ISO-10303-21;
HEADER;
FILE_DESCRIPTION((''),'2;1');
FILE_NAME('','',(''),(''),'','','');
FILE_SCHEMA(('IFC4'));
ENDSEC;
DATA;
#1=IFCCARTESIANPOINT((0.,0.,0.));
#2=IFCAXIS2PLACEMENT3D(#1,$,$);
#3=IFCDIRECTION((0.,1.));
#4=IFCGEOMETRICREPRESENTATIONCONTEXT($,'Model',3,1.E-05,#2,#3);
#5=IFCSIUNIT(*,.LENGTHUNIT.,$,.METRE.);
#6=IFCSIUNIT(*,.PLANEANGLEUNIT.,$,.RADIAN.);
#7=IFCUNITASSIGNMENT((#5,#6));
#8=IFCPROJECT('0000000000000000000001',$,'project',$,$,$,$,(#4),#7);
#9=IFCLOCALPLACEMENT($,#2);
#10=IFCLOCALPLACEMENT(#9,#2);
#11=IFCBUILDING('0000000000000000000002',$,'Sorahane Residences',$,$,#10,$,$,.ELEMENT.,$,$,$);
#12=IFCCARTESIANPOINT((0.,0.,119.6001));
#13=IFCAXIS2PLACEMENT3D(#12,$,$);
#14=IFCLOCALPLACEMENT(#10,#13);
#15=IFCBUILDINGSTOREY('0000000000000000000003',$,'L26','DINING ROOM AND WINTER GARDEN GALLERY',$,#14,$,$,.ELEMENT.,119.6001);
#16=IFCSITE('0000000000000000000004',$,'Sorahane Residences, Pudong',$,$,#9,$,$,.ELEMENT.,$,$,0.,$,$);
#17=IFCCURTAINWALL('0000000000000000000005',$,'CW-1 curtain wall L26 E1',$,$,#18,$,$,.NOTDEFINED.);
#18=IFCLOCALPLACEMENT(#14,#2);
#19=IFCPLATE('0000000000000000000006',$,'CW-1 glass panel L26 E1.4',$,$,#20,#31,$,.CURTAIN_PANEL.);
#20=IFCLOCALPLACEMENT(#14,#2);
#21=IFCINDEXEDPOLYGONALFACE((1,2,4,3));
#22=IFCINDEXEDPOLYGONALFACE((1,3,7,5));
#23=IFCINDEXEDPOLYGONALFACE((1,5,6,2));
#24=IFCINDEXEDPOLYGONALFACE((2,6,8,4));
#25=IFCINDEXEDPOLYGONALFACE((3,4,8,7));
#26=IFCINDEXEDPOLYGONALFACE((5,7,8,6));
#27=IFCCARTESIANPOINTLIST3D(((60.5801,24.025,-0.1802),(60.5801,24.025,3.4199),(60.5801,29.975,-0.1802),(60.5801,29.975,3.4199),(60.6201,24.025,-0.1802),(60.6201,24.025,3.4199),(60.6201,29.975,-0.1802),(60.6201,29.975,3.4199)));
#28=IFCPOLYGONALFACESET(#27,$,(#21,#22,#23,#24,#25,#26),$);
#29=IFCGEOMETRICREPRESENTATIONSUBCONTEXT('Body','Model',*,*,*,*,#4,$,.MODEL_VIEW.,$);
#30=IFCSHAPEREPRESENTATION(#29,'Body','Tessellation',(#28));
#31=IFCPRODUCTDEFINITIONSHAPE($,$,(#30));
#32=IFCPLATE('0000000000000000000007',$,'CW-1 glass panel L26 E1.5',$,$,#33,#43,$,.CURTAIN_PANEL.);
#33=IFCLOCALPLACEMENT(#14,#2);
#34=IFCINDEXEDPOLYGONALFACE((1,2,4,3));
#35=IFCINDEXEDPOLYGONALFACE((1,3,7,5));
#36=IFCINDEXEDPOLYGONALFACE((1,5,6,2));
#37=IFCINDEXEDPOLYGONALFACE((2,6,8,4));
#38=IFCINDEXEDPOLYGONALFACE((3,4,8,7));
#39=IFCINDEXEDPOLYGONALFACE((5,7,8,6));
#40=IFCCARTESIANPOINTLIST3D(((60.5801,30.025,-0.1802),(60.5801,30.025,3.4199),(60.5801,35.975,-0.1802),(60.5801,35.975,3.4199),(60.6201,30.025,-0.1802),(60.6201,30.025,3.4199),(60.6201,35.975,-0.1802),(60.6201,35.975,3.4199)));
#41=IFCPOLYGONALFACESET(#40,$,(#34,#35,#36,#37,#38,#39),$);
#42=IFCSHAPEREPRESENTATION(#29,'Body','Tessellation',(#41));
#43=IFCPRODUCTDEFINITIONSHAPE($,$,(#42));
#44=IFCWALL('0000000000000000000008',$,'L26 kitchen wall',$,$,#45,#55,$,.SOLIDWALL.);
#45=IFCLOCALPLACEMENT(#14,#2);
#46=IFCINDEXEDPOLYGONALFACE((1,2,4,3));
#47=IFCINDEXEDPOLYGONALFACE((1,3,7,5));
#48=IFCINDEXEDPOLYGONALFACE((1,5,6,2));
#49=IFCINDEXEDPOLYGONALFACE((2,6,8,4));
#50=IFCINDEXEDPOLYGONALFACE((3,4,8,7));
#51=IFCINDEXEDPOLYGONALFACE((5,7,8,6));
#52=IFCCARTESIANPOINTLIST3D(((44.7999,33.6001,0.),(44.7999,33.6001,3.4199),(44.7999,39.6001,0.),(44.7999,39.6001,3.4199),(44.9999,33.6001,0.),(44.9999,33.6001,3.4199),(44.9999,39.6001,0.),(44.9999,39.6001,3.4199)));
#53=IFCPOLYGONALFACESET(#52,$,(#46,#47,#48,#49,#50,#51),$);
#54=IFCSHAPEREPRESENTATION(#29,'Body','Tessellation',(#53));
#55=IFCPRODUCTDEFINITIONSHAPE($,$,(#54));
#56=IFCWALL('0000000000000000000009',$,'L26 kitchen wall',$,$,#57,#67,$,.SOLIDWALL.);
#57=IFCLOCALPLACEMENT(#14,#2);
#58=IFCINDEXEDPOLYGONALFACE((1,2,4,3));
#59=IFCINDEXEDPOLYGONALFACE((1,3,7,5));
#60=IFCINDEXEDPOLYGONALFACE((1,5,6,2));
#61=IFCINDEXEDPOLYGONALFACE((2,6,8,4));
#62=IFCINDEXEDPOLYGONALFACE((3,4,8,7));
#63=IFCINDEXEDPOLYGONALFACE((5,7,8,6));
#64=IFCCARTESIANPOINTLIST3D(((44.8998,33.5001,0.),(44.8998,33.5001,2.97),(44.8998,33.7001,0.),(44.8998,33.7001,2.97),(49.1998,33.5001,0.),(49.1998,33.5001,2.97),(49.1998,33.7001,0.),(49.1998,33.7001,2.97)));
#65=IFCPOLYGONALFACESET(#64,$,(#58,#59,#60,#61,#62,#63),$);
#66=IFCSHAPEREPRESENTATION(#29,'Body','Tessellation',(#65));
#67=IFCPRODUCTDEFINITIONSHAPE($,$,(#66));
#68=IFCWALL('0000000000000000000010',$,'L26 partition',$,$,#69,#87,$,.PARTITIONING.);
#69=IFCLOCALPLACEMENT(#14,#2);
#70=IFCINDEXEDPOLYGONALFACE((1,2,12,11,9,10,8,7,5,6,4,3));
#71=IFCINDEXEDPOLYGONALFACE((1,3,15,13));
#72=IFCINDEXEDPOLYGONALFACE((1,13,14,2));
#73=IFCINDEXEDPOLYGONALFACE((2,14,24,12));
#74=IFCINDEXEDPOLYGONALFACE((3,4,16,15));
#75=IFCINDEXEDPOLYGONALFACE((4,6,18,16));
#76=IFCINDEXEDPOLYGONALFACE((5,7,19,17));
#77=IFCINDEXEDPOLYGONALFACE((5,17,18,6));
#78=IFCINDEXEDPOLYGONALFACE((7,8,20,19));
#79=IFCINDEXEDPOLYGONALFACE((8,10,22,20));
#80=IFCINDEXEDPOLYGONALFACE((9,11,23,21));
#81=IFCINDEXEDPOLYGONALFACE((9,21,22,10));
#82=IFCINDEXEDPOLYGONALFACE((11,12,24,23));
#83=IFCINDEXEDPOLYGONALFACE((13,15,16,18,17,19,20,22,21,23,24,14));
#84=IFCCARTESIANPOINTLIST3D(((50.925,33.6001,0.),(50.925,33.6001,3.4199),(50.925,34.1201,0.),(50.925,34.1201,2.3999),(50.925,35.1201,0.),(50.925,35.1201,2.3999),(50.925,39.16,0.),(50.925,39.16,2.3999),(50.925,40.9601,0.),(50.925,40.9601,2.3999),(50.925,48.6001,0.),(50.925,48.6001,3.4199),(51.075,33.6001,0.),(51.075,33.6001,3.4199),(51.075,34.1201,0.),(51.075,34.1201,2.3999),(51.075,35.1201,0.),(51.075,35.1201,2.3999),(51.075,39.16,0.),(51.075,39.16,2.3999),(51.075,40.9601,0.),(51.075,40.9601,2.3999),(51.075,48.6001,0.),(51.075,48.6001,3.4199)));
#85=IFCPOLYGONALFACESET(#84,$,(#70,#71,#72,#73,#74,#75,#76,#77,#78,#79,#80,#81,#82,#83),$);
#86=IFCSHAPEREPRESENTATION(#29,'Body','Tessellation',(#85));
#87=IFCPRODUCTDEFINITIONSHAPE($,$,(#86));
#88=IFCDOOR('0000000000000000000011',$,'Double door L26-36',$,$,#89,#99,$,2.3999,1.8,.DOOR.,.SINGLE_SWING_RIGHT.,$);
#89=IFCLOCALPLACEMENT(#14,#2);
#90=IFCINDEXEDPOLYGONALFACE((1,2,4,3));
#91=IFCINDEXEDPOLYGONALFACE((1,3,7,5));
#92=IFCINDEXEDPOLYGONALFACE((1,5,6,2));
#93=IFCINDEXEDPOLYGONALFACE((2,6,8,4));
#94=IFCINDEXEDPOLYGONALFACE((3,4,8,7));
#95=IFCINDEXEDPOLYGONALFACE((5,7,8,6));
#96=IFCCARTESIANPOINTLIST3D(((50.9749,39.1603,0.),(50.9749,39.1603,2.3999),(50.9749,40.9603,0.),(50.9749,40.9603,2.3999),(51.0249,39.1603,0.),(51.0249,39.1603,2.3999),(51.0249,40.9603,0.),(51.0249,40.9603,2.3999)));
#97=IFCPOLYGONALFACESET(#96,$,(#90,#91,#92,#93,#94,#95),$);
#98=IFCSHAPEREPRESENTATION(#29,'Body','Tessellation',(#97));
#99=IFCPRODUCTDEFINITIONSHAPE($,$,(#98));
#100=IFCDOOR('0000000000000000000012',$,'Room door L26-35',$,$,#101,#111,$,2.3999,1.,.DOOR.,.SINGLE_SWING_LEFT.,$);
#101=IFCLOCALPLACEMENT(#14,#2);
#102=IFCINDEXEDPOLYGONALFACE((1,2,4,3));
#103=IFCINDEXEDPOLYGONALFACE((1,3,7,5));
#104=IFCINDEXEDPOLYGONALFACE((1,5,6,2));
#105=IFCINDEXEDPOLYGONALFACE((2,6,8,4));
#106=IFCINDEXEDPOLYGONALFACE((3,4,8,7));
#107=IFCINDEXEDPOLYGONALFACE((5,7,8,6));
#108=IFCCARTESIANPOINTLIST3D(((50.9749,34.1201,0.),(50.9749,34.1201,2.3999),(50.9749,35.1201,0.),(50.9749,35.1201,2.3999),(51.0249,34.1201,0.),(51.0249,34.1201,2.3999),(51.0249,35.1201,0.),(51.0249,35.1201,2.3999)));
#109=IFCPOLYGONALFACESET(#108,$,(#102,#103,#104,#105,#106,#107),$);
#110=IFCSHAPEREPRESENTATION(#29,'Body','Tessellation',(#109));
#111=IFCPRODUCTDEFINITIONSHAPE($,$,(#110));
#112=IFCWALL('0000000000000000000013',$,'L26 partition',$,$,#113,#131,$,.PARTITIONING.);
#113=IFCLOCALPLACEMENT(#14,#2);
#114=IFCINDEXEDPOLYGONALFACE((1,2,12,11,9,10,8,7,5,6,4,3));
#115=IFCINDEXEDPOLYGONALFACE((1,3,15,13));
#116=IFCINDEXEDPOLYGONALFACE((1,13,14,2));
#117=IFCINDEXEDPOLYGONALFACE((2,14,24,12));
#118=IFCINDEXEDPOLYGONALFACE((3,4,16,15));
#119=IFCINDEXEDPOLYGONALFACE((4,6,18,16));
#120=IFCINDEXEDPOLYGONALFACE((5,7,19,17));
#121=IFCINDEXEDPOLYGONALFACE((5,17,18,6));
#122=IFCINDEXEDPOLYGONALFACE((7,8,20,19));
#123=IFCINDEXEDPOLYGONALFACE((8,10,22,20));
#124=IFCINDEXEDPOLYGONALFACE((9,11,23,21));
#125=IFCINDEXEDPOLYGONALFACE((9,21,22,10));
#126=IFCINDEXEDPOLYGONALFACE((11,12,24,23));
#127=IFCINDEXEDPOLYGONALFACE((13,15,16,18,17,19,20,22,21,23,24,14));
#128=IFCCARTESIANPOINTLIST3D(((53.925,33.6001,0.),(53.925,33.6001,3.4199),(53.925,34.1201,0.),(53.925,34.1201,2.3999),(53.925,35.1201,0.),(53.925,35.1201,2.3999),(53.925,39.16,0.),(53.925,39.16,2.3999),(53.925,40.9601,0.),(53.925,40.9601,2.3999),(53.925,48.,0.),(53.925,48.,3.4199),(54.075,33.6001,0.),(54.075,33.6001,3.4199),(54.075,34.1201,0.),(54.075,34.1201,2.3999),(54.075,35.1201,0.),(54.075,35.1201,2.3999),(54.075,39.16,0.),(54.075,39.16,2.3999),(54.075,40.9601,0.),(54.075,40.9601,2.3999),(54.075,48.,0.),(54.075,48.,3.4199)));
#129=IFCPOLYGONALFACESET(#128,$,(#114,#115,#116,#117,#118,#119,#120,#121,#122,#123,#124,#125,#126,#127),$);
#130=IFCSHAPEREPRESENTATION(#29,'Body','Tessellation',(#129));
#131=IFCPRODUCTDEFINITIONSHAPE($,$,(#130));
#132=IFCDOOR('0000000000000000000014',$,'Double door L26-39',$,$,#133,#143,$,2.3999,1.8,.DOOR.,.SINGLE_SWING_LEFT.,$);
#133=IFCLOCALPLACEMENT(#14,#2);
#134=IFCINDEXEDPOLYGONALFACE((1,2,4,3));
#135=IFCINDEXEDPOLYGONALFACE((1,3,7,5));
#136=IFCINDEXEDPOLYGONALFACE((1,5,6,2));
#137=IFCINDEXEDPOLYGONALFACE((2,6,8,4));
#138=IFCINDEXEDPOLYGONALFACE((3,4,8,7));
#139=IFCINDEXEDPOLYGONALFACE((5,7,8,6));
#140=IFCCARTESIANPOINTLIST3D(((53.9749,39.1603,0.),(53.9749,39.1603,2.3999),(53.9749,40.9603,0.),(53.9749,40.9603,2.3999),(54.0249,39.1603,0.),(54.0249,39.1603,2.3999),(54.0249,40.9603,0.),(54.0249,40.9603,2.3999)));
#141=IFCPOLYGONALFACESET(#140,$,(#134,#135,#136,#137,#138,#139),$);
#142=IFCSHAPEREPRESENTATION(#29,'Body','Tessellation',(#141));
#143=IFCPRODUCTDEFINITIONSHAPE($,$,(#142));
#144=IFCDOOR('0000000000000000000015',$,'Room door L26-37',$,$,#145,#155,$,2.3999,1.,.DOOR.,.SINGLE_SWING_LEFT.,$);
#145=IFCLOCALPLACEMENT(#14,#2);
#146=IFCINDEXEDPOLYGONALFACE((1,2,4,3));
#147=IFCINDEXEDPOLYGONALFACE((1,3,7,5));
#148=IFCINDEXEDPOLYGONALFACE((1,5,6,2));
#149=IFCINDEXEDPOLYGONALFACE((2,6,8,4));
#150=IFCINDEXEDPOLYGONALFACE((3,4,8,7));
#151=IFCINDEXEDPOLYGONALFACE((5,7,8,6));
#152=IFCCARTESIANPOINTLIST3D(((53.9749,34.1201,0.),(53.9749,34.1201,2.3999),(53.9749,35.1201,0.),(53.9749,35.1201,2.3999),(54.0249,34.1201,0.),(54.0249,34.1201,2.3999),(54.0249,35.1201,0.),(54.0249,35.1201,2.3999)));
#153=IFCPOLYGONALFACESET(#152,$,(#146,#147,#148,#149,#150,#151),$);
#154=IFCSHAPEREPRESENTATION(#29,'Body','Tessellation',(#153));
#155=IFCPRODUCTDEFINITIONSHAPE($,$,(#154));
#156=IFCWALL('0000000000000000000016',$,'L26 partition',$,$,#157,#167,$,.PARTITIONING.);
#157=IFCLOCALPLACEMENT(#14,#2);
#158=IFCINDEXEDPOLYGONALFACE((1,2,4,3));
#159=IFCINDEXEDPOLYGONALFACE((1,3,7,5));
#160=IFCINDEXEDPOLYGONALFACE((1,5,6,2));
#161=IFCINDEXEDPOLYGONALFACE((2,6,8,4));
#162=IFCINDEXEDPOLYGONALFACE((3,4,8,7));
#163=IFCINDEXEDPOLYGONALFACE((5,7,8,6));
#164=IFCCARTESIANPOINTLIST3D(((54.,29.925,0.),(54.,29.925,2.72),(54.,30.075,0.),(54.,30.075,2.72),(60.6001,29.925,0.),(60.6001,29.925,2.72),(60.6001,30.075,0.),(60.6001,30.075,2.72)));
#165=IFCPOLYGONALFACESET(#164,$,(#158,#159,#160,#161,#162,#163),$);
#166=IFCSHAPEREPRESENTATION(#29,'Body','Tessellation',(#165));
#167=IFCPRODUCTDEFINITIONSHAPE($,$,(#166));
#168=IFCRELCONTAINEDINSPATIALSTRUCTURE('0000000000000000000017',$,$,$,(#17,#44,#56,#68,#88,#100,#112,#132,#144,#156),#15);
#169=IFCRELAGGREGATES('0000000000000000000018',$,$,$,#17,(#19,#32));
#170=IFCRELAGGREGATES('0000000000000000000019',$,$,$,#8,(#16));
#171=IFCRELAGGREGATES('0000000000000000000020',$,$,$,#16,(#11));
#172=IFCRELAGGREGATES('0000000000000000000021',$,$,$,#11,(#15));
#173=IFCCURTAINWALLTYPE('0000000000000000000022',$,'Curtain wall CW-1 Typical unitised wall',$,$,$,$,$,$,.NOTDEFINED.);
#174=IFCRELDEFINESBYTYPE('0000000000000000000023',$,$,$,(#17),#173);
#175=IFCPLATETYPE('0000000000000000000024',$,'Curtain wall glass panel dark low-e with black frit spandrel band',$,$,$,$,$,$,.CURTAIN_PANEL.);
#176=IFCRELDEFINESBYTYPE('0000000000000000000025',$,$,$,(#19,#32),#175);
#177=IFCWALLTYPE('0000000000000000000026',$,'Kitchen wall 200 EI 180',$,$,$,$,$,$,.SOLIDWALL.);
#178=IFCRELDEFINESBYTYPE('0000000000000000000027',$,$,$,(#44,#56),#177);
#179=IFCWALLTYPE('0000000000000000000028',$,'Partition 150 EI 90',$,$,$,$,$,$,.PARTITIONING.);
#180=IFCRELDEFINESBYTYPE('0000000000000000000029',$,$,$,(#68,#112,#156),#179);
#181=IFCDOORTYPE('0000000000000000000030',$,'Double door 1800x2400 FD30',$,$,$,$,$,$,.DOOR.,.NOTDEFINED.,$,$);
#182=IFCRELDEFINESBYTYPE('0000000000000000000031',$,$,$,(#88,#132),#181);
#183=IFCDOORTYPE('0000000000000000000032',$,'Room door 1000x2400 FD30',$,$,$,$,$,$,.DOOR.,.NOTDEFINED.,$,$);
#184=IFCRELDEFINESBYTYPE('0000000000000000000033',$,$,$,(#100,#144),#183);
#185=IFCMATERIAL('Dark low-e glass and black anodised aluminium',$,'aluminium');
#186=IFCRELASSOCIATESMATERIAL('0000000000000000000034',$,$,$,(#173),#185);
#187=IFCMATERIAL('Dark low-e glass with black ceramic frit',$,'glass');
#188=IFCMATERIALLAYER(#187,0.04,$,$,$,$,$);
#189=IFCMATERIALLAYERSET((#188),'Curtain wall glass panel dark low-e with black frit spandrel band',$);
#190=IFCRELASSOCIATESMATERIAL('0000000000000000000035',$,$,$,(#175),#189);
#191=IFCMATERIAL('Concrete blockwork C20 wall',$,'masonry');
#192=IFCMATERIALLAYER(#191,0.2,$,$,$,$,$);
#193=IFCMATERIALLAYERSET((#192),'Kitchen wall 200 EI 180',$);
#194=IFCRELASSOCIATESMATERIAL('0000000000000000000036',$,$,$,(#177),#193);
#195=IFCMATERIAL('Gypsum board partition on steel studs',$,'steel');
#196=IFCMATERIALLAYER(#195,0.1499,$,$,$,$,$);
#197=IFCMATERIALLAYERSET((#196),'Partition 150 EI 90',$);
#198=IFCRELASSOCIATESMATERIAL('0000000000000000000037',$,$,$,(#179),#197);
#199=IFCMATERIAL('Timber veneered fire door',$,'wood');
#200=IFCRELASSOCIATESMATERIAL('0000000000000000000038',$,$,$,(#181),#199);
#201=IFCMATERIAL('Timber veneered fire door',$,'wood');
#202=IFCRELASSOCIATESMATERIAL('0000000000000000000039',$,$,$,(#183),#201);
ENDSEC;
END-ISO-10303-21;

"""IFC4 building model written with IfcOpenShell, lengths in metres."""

from ifc_helpers import new_model, si_unit, direction, frame, frame_2d, origin, origin_2d, place, context, subcontext, project, spatial, rectangle, extrude, material, layer, layer_set, type_object, element, fill, aggregate, save


model = new_model("IFC4")

# Units and contexts
model_context = context("Model", 3, precision=1e-05, world=origin(), true_north=direction((0.0, 1.0)))
body_context = subcontext(model_context, "Body", "Model", "MODEL_VIEW")
ifc_project = project(units=[si_unit("LENGTHUNIT", "METRE"), si_unit("PLANEANGLEUNIT", "RADIAN")], contexts=[model_context])

# Site, building, storey
site_placement = place(None, origin())
site = spatial("IfcSite", under=ifc_project, at=site_placement, Name="Sorahane Residences, Pudong", CompositionType="ELEMENT", RefElevation=0.0)
building_placement = place(site_placement, origin())
building = spatial("IfcBuilding", under=site, at=building_placement, Name="Sorahane Residences", CompositionType="ELEMENT")
storey_placement = place(building_placement, frame((0.0, 0.0, 119.6001)))
storey = spatial("IfcBuildingStorey", under=building, at=storey_placement, Name="L26", Description="DINING ROOM AND WINTER GARDEN GALLERY", CompositionType="ELEMENT", Elevation=119.6001)

# Curtain wall
ifc_material_1 = material(Name="Dark low-e glass and black anodised aluminium", Category="aluminium")
curtain_wall_type = type_object("IfcCurtainWallType", Name="Curtain wall CW-1 Typical unitised wall", PredefinedType="NOTDEFINED", material=ifc_material_1)
curtain_wall_placement = place(storey_placement, origin())
curtain_wall = element("IfcCurtainWall", 1, at=curtain_wall_placement, inside=storey, type_object=curtain_wall_type, Name="CW-1 curtain wall L26 E1", PredefinedType="NOTDEFINED")

# Plates
ifc_material_2 = material(Name="Dark low-e glass with black ceramic frit", Category="glass")
ifc_layer_1 = layer(ifc_material_2, 0.04)
ifc_layer_set_1 = layer_set([ifc_layer_1], Name="Curtain wall glass panel dark low-e with black frit spandrel band")
plate_type = type_object("IfcPlateType", Name="Curtain wall glass panel dark low-e with black frit spandrel band", PredefinedType="CURTAIN_PANEL", material=ifc_layer_set_1)
plate_1_placement = place(storey_placement, frame((60.6001, 27.0, -0.1802), z_axis=(0.0, 0.0, 1.0), x_axis=(0.0, 1.0, 0.0)))
plate_1 = element("IfcPlate", 2, at=plate_1_placement, type_object=plate_type, Name="CW-1 glass panel L26 E1.4", PredefinedType="CURTAIN_PANEL", context=body_context, shape_type="SweptSolid", body=[
    extrude(rectangle(XDim=5.95, YDim=0.04, at=origin_2d()), origin(), (0.0, 0.0, 1.0), 3.6001),
])
plate_2_placement = place(storey_placement, frame((60.6001, 33.0, -0.1802), z_axis=(0.0, 0.0, 1.0), x_axis=(0.0, 1.0, 0.0)))
plate_2 = element("IfcPlate", 3, at=plate_2_placement, type_object=plate_type, Name="CW-1 glass panel L26 E1.5", PredefinedType="CURTAIN_PANEL", context=body_context, shape_type="SweptSolid", body=[
    extrude(rectangle(XDim=5.95, YDim=0.04, at=origin_2d()), origin(), (0.0, 0.0, 1.0), 3.6001),
])
aggregate(curtain_wall, [plate_1, plate_2])

# Wall
ifc_material_3 = material(Name="Concrete blockwork C20 wall", Category="masonry")
ifc_layer_2 = layer(ifc_material_3, 0.2)
ifc_layer_set_2 = layer_set([ifc_layer_2], Name="Kitchen wall 200 EI 180")
wall_type_1 = type_object("IfcWallType", Name="Kitchen wall 200 EI 180", PredefinedType="SOLIDWALL", material=ifc_layer_set_2)
wall_1_placement = place(storey_placement, frame((44.8999, 33.6001, 0.0), z_axis=(0.0, 0.0, 1.0), x_axis=(0.0, 1.0, 0.0)))
element("IfcWall", 4, at=wall_1_placement, inside=storey, type_object=wall_type_1, Name="L26 kitchen wall", PredefinedType="SOLIDWALL", context=body_context, shape_type="SweptSolid", body=[
    extrude(rectangle(XDim=6.0, YDim=0.2, at=frame_2d((3.0, 0.0))), origin(), (0.0, 0.0, 1.0), 3.4199),
])

# Wall
wall_2_placement = place(storey_placement, frame((44.8999, 33.6001, 0.0), z_axis=(0.0, 0.0, 1.0), x_axis=(1.0, 0.0, 0.0)))
element("IfcWall", 5, at=wall_2_placement, inside=storey, type_object=wall_type_1, Name="L26 kitchen wall", PredefinedType="SOLIDWALL", context=body_context, shape_type="SweptSolid", body=[
    extrude(rectangle(XDim=4.3, YDim=0.2, at=frame_2d((2.1499, 0.0))), origin(), (0.0, 0.0, 1.0), 2.97),
])

# Walls, openings, doors
ifc_material_4 = material(Name="Gypsum board partition on steel studs", Category="steel")
ifc_layer_3 = layer(ifc_material_4, 0.1499)
ifc_layer_set_3 = layer_set([ifc_layer_3], Name="Partition 150 EI 90")
wall_type_2 = type_object("IfcWallType", Name="Partition 150 EI 90", PredefinedType="PARTITIONING", material=ifc_layer_set_3)
wall_3_placement = place(storey_placement, frame((51.0, 33.6001, 0.0), z_axis=(0.0, 0.0, 1.0), x_axis=(0.0, 1.0, 0.0)))
wall_3 = element("IfcWall", 6, at=wall_3_placement, inside=storey, type_object=wall_type_2, Name="L26 partition", PredefinedType="PARTITIONING", context=body_context, shape_type="SweptSolid", body=[
    extrude(rectangle(XDim=15.0, YDim=0.1499, at=frame_2d((7.5, 0.0))), origin(), (0.0, 0.0, 1.0), 3.4199),
])
opening_1_placement = place(wall_3_placement, frame((0.52, 0.0, 0.0)))
opening_1 = element("IfcOpeningElement", 7, at=opening_1_placement, cuts=wall_3, PredefinedType="OPENING", context=body_context, shape_type="SweptSolid", body=[
    extrude(rectangle(XDim=1.0, YDim=2.3999, at=frame_2d((0.5, 1.2))), frame((0.0, 0.085, 0.0), z_axis=(0.0, -1.0, 0.0), x_axis=(1.0, 0.0, 0.0)), (0.0, 0.0, 1.0), 0.1699),
])
opening_2_placement = place(wall_3_placement, frame((5.5601, 0.0, 0.0)))
opening_2 = element("IfcOpeningElement", 8, at=opening_2_placement, cuts=wall_3, PredefinedType="OPENING", context=body_context, shape_type="SweptSolid", body=[
    extrude(rectangle(XDim=1.8, YDim=2.3999, at=frame_2d((0.8999, 1.2))), frame((0.0, 0.085, 0.0), z_axis=(0.0, -1.0, 0.0), x_axis=(1.0, 0.0, 0.0)), (0.0, 0.0, 1.0), 0.1699),
])
ifc_material_5 = material(Name="Timber veneered fire door", Category="wood")
door_type_1 = type_object("IfcDoorType", Name="Double door 1800x2400 FD30", OperationType="NOTDEFINED", PredefinedType="DOOR", material=ifc_material_5)
door_1_placement = place(opening_2_placement, frame((1.8, 0.0, 0.0), z_axis=(0.0, 0.0, 1.0), x_axis=(-1.0, 0.0, 0.0)))
door_1 = element("IfcDoor", 9, at=door_1_placement, inside=storey, type_object=door_type_1, Name="Double door L26-36", OperationType="SINGLE_SWING_RIGHT", OverallHeight=2.3999, OverallWidth=1.8, PredefinedType="DOOR", context=body_context, shape_type="SweptSolid", body=[
    extrude(rectangle(XDim=1.8, YDim=2.3999, at=frame_2d((0.8999, 1.2))), frame((0.0, 0.0249, 0.0), z_axis=(0.0, -1.0, 0.0), x_axis=(1.0, 0.0, 0.0)), (0.0, 0.0, 1.0), 0.05),
])
fill(opening_2, door_1)
ifc_material_6 = material(Name="Timber veneered fire door", Category="wood")
door_type_2 = type_object("IfcDoorType", Name="Room door 1000x2400 FD30", OperationType="NOTDEFINED", PredefinedType="DOOR", material=ifc_material_6)
door_2_placement = place(opening_1_placement, frame((1.0, 0.0, 0.0), z_axis=(0.0, 0.0, 1.0), x_axis=(-1.0, 0.0, 0.0)))
door_2 = element("IfcDoor", 10, at=door_2_placement, inside=storey, type_object=door_type_2, Name="Room door L26-35", OperationType="SINGLE_SWING_LEFT", OverallHeight=2.3999, OverallWidth=1.0, PredefinedType="DOOR", context=body_context, shape_type="SweptSolid", body=[
    extrude(rectangle(XDim=1.0, YDim=2.3999, at=frame_2d((0.5, 1.2))), frame((0.0, 0.0249, 0.0), z_axis=(0.0, -1.0, 0.0), x_axis=(1.0, 0.0, 0.0)), (0.0, 0.0, 1.0), 0.05),
])
fill(opening_1, door_2)
wall_4_placement = place(storey_placement, frame((54.0, 33.6001, 0.0), z_axis=(0.0, 0.0, 1.0), x_axis=(0.0, 1.0, 0.0)))
wall_4 = element("IfcWall", 11, at=wall_4_placement, inside=storey, type_object=wall_type_2, Name="L26 partition", PredefinedType="PARTITIONING", context=body_context, shape_type="SweptSolid", body=[
    extrude(rectangle(XDim=14.3999, YDim=0.1499, at=frame_2d((7.2, 0.0))), origin(), (0.0, 0.0, 1.0), 3.4199),
])
opening_3_placement = place(wall_4_placement, frame((0.52, 0.0, 0.0)))
opening_3 = element("IfcOpeningElement", 12, at=opening_3_placement, cuts=wall_4, PredefinedType="OPENING", context=body_context, shape_type="SweptSolid", body=[
    extrude(rectangle(XDim=1.0, YDim=2.3999, at=frame_2d((0.5, 1.2))), frame((0.0, 0.085, 0.0), z_axis=(0.0, -1.0, 0.0), x_axis=(1.0, 0.0, 0.0)), (0.0, 0.0, 1.0), 0.1699),
])
opening_4_placement = place(wall_4_placement, frame((5.5601, 0.0, 0.0)))
opening_4 = element("IfcOpeningElement", 13, at=opening_4_placement, cuts=wall_4, PredefinedType="OPENING", context=body_context, shape_type="SweptSolid", body=[
    extrude(rectangle(XDim=1.8, YDim=2.3999, at=frame_2d((0.8999, 1.2))), frame((0.0, 0.085, 0.0), z_axis=(0.0, -1.0, 0.0), x_axis=(1.0, 0.0, 0.0)), (0.0, 0.0, 1.0), 0.1699),
])
door_3_placement = place(opening_4_placement, frame((1.8, 0.0, 0.0), z_axis=(0.0, 0.0, 1.0), x_axis=(-1.0, 0.0, 0.0)))
door_3 = element("IfcDoor", 14, at=door_3_placement, inside=storey, type_object=door_type_1, Name="Double door L26-39", OperationType="SINGLE_SWING_LEFT", OverallHeight=2.3999, OverallWidth=1.8, PredefinedType="DOOR", context=body_context, shape_type="SweptSolid", body=[
    extrude(rectangle(XDim=1.8, YDim=2.3999, at=frame_2d((0.8999, 1.2))), frame((0.0, 0.0249, 0.0), z_axis=(0.0, -1.0, 0.0), x_axis=(1.0, 0.0, 0.0)), (0.0, 0.0, 1.0), 0.05),
])
fill(opening_4, door_3)
door_4_placement = place(opening_3_placement, frame((1.0, 0.0, 0.0), z_axis=(0.0, 0.0, 1.0), x_axis=(-1.0, 0.0, 0.0)))
door_4 = element("IfcDoor", 15, at=door_4_placement, inside=storey, type_object=door_type_2, Name="Room door L26-37", OperationType="SINGLE_SWING_LEFT", OverallHeight=2.3999, OverallWidth=1.0, PredefinedType="DOOR", context=body_context, shape_type="SweptSolid", body=[
    extrude(rectangle(XDim=1.0, YDim=2.3999, at=frame_2d((0.5, 1.2))), frame((0.0, 0.0249, 0.0), z_axis=(0.0, -1.0, 0.0), x_axis=(1.0, 0.0, 0.0)), (0.0, 0.0, 1.0), 0.05),
])
fill(opening_3, door_4)

# Wall
wall_5_placement = place(storey_placement, frame((54.0, 30.0, 0.0), z_axis=(0.0, 0.0, 1.0), x_axis=(1.0, 0.0, 0.0)))
element("IfcWall", 16, at=wall_5_placement, inside=storey, type_object=wall_type_2, Name="L26 partition", PredefinedType="PARTITIONING", context=body_context, shape_type="SweptSolid", body=[
    extrude(rectangle(XDim=6.6001, YDim=0.1499, at=frame_2d((3.3, 0.0))), origin(), (0.0, 0.0, 1.0), 2.72),
])

save(model, "model.ifc")
